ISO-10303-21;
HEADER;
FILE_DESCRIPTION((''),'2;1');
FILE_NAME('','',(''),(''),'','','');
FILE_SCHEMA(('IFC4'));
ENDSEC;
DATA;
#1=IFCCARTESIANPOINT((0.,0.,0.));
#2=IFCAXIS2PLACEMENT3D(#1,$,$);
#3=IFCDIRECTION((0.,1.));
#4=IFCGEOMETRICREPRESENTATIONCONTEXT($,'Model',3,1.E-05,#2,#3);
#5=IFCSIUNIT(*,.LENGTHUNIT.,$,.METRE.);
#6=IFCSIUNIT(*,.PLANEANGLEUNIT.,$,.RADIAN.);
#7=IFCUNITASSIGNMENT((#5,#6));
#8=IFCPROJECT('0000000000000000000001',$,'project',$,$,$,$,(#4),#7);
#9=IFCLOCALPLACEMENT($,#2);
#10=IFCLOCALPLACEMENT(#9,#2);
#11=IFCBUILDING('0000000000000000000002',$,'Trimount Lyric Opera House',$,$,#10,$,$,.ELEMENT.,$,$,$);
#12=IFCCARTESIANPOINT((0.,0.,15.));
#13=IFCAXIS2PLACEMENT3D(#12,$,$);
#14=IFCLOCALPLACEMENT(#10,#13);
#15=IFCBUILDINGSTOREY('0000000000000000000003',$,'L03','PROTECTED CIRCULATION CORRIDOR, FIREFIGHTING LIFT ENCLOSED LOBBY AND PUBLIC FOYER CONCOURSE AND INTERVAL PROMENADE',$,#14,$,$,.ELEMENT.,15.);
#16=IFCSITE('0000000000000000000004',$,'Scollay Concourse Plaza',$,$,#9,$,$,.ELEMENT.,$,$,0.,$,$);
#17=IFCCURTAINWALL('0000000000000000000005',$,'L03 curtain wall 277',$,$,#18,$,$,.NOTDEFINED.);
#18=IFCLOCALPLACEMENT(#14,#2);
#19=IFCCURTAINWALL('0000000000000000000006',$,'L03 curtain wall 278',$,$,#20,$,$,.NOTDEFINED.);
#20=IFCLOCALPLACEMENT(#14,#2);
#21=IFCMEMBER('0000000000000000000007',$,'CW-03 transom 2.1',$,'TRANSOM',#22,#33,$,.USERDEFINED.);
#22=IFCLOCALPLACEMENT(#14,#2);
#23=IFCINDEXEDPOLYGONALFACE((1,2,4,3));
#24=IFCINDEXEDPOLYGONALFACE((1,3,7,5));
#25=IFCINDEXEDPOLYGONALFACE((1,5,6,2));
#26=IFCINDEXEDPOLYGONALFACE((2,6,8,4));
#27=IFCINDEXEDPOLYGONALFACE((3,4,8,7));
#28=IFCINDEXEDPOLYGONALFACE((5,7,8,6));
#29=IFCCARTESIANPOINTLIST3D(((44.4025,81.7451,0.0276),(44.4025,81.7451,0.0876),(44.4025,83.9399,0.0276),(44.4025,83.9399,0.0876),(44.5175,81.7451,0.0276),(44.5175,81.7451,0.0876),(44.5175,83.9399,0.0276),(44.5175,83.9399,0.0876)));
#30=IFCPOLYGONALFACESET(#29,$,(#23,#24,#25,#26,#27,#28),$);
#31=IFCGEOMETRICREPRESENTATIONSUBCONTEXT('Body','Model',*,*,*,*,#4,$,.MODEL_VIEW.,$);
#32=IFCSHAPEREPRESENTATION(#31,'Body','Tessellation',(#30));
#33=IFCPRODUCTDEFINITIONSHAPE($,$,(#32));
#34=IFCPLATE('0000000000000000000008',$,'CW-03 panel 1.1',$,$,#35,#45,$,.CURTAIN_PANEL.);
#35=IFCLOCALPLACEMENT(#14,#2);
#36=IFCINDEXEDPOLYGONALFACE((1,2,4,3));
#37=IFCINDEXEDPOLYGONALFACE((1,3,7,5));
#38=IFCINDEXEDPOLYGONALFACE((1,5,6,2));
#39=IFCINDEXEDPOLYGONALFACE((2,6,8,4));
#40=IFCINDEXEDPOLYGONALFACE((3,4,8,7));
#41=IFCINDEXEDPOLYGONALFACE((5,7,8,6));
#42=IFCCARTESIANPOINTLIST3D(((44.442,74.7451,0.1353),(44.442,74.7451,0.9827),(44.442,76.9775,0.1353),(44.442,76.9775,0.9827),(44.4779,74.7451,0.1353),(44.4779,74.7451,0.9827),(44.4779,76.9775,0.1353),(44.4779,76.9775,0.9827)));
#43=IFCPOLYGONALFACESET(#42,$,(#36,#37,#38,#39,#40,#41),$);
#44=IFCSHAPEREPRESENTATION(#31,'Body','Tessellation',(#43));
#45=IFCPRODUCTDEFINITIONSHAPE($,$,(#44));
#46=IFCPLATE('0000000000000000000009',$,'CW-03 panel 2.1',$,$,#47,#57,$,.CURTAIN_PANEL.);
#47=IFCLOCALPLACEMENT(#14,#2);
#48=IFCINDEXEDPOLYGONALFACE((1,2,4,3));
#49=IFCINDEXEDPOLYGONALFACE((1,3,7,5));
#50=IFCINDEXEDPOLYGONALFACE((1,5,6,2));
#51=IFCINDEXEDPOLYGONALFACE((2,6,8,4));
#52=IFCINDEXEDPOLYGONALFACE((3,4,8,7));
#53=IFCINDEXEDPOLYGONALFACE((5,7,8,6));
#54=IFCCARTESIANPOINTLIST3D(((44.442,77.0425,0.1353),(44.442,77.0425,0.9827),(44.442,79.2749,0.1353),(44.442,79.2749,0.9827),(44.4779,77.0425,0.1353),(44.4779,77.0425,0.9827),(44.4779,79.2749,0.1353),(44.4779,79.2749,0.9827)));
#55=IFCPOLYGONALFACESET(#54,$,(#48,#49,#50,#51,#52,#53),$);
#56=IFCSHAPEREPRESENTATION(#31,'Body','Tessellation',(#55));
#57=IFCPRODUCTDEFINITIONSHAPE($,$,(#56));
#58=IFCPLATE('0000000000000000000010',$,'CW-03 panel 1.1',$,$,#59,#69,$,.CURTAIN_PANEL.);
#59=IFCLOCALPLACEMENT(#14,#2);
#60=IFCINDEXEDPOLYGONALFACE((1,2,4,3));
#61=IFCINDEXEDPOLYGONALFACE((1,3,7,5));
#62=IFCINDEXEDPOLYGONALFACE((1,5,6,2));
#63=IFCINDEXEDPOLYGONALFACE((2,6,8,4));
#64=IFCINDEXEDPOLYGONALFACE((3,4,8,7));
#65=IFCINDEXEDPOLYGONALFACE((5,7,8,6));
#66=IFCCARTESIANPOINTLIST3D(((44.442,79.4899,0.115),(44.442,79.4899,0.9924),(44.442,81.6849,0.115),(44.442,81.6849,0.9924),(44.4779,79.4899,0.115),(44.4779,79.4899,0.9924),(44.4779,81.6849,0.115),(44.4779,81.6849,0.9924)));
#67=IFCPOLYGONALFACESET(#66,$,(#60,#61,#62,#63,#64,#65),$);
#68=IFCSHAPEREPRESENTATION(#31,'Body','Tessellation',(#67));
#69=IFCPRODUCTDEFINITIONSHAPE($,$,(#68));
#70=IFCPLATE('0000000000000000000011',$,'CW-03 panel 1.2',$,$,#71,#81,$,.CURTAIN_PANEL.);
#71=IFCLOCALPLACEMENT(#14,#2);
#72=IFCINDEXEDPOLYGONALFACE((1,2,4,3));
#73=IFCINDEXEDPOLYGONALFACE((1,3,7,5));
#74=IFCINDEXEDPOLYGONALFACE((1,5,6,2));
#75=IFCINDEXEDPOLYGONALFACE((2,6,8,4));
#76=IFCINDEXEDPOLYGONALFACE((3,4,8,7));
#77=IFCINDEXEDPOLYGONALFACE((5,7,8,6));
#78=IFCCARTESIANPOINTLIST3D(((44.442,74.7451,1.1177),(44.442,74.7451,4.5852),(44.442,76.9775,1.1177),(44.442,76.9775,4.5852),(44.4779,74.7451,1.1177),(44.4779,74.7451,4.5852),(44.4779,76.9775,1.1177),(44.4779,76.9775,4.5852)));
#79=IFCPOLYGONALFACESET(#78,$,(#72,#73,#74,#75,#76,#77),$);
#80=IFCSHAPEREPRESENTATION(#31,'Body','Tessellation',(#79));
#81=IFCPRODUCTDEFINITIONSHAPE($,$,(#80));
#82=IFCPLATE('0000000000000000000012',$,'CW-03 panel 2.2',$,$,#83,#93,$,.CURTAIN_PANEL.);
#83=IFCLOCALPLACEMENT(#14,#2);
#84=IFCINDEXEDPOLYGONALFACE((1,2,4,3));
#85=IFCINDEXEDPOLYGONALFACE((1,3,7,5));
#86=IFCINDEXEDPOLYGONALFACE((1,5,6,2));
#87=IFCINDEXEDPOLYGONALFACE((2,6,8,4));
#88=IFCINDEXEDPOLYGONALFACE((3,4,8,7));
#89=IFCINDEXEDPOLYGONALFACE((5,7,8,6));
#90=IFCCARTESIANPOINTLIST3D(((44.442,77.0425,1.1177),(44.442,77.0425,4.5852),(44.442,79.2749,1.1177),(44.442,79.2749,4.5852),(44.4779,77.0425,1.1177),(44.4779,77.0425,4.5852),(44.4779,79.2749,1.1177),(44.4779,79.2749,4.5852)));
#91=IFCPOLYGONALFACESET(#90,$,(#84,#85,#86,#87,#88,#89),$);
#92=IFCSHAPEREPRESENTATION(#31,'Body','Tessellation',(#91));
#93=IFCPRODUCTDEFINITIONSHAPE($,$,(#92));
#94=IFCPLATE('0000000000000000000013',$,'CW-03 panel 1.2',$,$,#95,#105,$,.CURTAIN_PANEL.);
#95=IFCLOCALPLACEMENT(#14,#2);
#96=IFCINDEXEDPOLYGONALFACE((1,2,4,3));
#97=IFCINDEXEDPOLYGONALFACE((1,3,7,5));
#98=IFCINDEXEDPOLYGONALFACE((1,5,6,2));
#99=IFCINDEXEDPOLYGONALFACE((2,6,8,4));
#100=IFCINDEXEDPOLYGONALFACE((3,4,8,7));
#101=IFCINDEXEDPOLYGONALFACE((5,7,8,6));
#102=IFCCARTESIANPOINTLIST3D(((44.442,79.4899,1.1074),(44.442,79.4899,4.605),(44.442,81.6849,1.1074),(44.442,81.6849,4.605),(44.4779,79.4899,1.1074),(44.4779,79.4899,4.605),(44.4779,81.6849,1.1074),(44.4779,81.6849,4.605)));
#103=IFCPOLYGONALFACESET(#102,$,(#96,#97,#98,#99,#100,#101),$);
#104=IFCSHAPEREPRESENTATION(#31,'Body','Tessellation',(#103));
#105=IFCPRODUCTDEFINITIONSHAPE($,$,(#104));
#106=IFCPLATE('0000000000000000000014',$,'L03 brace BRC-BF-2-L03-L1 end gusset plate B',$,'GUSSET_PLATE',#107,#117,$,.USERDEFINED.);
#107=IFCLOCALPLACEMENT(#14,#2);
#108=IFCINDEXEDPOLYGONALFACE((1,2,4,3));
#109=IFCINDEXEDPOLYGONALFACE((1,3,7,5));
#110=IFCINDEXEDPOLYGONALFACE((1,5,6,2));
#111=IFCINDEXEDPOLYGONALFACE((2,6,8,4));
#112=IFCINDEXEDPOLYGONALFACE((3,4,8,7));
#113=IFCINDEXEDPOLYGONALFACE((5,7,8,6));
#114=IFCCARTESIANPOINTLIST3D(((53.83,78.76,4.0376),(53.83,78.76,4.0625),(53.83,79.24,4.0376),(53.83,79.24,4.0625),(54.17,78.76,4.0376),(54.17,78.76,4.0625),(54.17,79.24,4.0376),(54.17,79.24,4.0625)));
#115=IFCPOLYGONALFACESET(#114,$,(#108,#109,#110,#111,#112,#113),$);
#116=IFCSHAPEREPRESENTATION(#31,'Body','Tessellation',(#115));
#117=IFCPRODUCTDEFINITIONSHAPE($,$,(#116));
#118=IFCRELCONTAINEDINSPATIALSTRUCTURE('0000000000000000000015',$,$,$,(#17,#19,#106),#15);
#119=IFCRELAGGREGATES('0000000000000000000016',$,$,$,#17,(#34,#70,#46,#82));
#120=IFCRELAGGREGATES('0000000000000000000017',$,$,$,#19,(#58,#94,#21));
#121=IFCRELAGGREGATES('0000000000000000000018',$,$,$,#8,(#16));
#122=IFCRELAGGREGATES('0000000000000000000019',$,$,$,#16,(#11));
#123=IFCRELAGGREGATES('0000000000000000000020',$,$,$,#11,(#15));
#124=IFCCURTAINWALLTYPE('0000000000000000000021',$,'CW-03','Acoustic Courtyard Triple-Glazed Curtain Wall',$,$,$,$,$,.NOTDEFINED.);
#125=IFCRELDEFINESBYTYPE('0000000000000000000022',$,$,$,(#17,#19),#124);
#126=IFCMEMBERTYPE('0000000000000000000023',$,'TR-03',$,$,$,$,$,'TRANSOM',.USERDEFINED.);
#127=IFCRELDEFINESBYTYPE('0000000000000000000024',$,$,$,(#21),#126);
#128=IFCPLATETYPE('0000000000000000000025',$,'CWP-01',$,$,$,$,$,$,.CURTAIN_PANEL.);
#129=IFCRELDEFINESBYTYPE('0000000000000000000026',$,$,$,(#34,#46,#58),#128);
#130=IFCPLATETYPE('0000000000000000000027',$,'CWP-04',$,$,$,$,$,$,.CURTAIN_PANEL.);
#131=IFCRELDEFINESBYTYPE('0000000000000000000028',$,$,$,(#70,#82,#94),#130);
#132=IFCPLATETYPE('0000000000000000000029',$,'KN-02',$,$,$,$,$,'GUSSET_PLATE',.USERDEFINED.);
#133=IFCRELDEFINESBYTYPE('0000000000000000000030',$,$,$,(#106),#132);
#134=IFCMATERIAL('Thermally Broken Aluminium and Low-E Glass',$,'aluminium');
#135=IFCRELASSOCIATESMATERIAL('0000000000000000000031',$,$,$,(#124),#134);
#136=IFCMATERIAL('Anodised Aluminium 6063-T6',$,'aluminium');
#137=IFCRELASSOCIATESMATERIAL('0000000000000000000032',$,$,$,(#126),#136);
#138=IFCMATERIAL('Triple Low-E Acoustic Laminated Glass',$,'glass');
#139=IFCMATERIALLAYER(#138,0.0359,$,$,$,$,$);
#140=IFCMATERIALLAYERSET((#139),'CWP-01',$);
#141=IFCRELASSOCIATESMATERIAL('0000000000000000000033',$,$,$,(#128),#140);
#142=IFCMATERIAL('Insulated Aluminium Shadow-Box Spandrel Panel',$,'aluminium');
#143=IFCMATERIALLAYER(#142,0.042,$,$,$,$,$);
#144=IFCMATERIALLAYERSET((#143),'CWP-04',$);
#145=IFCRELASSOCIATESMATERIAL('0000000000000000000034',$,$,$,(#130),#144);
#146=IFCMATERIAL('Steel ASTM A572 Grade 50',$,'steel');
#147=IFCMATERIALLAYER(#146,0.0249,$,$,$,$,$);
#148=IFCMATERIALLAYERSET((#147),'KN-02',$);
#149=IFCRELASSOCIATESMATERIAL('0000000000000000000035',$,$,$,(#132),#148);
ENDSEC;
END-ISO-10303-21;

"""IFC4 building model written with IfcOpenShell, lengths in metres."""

from ifc_helpers import new_model, si_unit, direction, frame, origin, origin_2d, place, context, subcontext, project, spatial, rectangle, extrude, material, layer, layer_set, material_profile, profile_set, type_object, element, aggregate, save


model = new_model("IFC4")

# Units and contexts
model_context = context("Model", 3, precision=1e-05, world=origin(), true_north=direction((0.0, 1.0)))
body_context = subcontext(model_context, "Body", "Model", "MODEL_VIEW")
ifc_project = project(units=[si_unit("LENGTHUNIT", "METRE"), si_unit("PLANEANGLEUNIT", "RADIAN")], contexts=[model_context])

# Site, building, storey
site_placement = place(None, origin())
site = spatial("IfcSite", under=ifc_project, at=site_placement, Name="Scollay Concourse Plaza", CompositionType="ELEMENT", RefElevation=0.0)
building_placement = place(site_placement, origin())
building = spatial("IfcBuilding", under=site, at=building_placement, Name="Trimount Lyric Opera House", CompositionType="ELEMENT")
storey_placement = place(building_placement, frame((0.0, 0.0, 15.0)))
storey = spatial("IfcBuildingStorey", under=building, at=storey_placement, Name="L03", Description="PROTECTED CIRCULATION CORRIDOR, FIREFIGHTING LIFT ENCLOSED LOBBY AND PUBLIC FOYER CONCOURSE AND INTERVAL PROMENADE", CompositionType="ELEMENT", Elevation=15.0)

# Curtain walls
ifc_material_1 = material(Name="Thermally Broken Aluminium and Low-E Glass", Category="aluminium")
curtain_wall_type = type_object("IfcCurtainWallType", Name="CW-03", Description="Acoustic Courtyard Triple-Glazed Curtain Wall", PredefinedType="NOTDEFINED", material=ifc_material_1)
curtain_wall_1_placement = place(storey_placement, origin())
curtain_wall_1 = element("IfcCurtainWall", 1, at=curtain_wall_1_placement, inside=storey, type_object=curtain_wall_type, Name="L03 curtain wall 277", PredefinedType="NOTDEFINED")
curtain_wall_2_placement = place(storey_placement, origin())
curtain_wall_2 = element("IfcCurtainWall", 2, at=curtain_wall_2_placement, inside=storey, type_object=curtain_wall_type, Name="L03 curtain wall 278", PredefinedType="NOTDEFINED")

# Member
ifc_material_2 = material(Name="Anodised Aluminium 6063-T6", Category="aluminium")
ifc_material_profile_1 = material_profile(ifc_material_2, rectangle(XDim=0.115, YDim=0.0601, at=origin_2d()), Name="ALU-TRAN-60X115")
ifc_profile_set_1 = profile_set([ifc_material_profile_1], Name="Anodised Aluminium 6063-T6")
member_type_1 = type_object("IfcMemberType", Name="TR-03", ElementType="TRANSOM", PredefinedType="USERDEFINED", material=ifc_profile_set_1)
member_1_placement = place(storey_placement, frame((44.46, 81.7451, 0.0576), z_axis=(0.0, 1.0, 0.0), x_axis=(-1.0, 0.0, 0.0)))
member_1 = element("IfcMember", 3, at=member_1_placement, type_object=member_type_1, Name="CW-03 transom 2.1", ObjectType="TRANSOM", PredefinedType="USERDEFINED", context=body_context, shape_type="SweptSolid", body=[
    extrude(rectangle(XDim=0.115, YDim=0.0601, at=origin_2d()), origin(), (0.0, 0.0, 1.0), 2.1948),
])

# Plates
ifc_material_3 = material(Name="Triple Low-E Acoustic Laminated Glass", Category="glass")
ifc_layer_1 = layer(ifc_material_3, 0.0359)
ifc_layer_set_1 = layer_set([ifc_layer_1], Name="CWP-01")
plate_type_1 = type_object("IfcPlateType", Name="CWP-01", PredefinedType="CURTAIN_PANEL", material=ifc_layer_set_1)
plate_1_placement = place(storey_placement, frame((44.46, 75.8613, 0.1353), z_axis=(0.0, 0.0, 1.0), x_axis=(0.0, 1.0, 0.0)))
plate_1 = element("IfcPlate", 4, at=plate_1_placement, type_object=plate_type_1, Name="CW-03 panel 1.1", PredefinedType="CURTAIN_PANEL", context=body_context, shape_type="SweptSolid", body=[
    extrude(rectangle(XDim=2.2324, YDim=0.0359, at=origin_2d()), origin(), (0.0, 0.0, 1.0), 0.8474),
])
plate_2_placement = place(storey_placement, frame((44.46, 78.1587, 0.1353), z_axis=(0.0, 0.0, 1.0), x_axis=(0.0, 1.0, 0.0)))
plate_2 = element("IfcPlate", 5, at=plate_2_placement, type_object=plate_type_1, Name="CW-03 panel 2.1", PredefinedType="CURTAIN_PANEL", context=body_context, shape_type="SweptSolid", body=[
    extrude(rectangle(XDim=2.2324, YDim=0.0359, at=origin_2d()), origin(), (0.0, 0.0, 1.0), 0.8474),
])
plate_3_placement = place(storey_placement, frame((44.46, 80.5874, 0.115), z_axis=(0.0, 0.0, 1.0), x_axis=(0.0, 1.0, 0.0)))
plate_3 = element("IfcPlate", 6, at=plate_3_placement, type_object=plate_type_1, Name="CW-03 panel 1.1", PredefinedType="CURTAIN_PANEL", context=body_context, shape_type="SweptSolid", body=[
    extrude(rectangle(XDim=2.1951, YDim=0.0359, at=origin_2d()), origin(), (0.0, 0.0, 1.0), 0.8774),
])
ifc_material_4 = material(Name="Insulated Aluminium Shadow-Box Spandrel Panel", Category="aluminium")
ifc_layer_2 = layer(ifc_material_4, 0.042)
ifc_layer_set_2 = layer_set([ifc_layer_2], Name="CWP-04")
plate_type_2 = type_object("IfcPlateType", Name="CWP-04", PredefinedType="CURTAIN_PANEL", material=ifc_layer_set_2)
plate_4_placement = place(storey_placement, frame((44.46, 75.8613, 1.1177), z_axis=(0.0, 0.0, 1.0), x_axis=(0.0, 1.0, 0.0)))
plate_4 = element("IfcPlate", 7, at=plate_4_placement, type_object=plate_type_2, Name="CW-03 panel 1.2", PredefinedType="CURTAIN_PANEL", context=body_context, shape_type="SweptSolid", body=[
    extrude(rectangle(XDim=2.2324, YDim=0.0359, at=origin_2d()), origin(), (0.0, 0.0, 1.0), 3.4675),
])
plate_5_placement = place(storey_placement, frame((44.46, 78.1587, 1.1177), z_axis=(0.0, 0.0, 1.0), x_axis=(0.0, 1.0, 0.0)))
plate_5 = element("IfcPlate", 8, at=plate_5_placement, type_object=plate_type_2, Name="CW-03 panel 2.2", PredefinedType="CURTAIN_PANEL", context=body_context, shape_type="SweptSolid", body=[
    extrude(rectangle(XDim=2.2324, YDim=0.0359, at=origin_2d()), origin(), (0.0, 0.0, 1.0), 3.4675),
])
aggregate(curtain_wall_1, [plate_1, plate_4, plate_2, plate_5])
plate_6_placement = place(storey_placement, frame((44.46, 80.5874, 1.1074), z_axis=(0.0, 0.0, 1.0), x_axis=(0.0, 1.0, 0.0)))
plate_6 = element("IfcPlate", 9, at=plate_6_placement, type_object=plate_type_2, Name="CW-03 panel 1.2", PredefinedType="CURTAIN_PANEL", context=body_context, shape_type="SweptSolid", body=[
    extrude(rectangle(XDim=2.1951, YDim=0.0359, at=origin_2d()), origin(), (0.0, 0.0, 1.0), 3.4976),
])
aggregate(curtain_wall_2, [plate_3, plate_6, member_1])
ifc_material_5 = material(Name="Steel ASTM A572 Grade 50", Category="steel")
ifc_layer_3 = layer(ifc_material_5, 0.0249)
ifc_layer_set_3 = layer_set([ifc_layer_3], Name="KN-02")
plate_type_3 = type_object("IfcPlateType", Name="KN-02", ElementType="GUSSET_PLATE", PredefinedType="USERDEFINED", material=ifc_layer_set_3)
plate_7_placement = place(storey_placement, frame((54.0, 79.0, 4.0376), z_axis=(0.0, 0.0, 1.0), x_axis=(0.0, 1.0, 0.0)))
element("IfcPlate", 10, at=plate_7_placement, inside=storey, type_object=plate_type_3, Name="L03 brace BRC-BF-2-L03-L1 end gusset plate B", ObjectType="GUSSET_PLATE", PredefinedType="USERDEFINED", context=body_context, shape_type="SweptSolid", body=[
    extrude(rectangle(XDim=0.48, YDim=0.3401, at=origin_2d()), origin(), (0.0, 0.0, 1.0), 0.0249),
])

save(model, "model.ifc")
